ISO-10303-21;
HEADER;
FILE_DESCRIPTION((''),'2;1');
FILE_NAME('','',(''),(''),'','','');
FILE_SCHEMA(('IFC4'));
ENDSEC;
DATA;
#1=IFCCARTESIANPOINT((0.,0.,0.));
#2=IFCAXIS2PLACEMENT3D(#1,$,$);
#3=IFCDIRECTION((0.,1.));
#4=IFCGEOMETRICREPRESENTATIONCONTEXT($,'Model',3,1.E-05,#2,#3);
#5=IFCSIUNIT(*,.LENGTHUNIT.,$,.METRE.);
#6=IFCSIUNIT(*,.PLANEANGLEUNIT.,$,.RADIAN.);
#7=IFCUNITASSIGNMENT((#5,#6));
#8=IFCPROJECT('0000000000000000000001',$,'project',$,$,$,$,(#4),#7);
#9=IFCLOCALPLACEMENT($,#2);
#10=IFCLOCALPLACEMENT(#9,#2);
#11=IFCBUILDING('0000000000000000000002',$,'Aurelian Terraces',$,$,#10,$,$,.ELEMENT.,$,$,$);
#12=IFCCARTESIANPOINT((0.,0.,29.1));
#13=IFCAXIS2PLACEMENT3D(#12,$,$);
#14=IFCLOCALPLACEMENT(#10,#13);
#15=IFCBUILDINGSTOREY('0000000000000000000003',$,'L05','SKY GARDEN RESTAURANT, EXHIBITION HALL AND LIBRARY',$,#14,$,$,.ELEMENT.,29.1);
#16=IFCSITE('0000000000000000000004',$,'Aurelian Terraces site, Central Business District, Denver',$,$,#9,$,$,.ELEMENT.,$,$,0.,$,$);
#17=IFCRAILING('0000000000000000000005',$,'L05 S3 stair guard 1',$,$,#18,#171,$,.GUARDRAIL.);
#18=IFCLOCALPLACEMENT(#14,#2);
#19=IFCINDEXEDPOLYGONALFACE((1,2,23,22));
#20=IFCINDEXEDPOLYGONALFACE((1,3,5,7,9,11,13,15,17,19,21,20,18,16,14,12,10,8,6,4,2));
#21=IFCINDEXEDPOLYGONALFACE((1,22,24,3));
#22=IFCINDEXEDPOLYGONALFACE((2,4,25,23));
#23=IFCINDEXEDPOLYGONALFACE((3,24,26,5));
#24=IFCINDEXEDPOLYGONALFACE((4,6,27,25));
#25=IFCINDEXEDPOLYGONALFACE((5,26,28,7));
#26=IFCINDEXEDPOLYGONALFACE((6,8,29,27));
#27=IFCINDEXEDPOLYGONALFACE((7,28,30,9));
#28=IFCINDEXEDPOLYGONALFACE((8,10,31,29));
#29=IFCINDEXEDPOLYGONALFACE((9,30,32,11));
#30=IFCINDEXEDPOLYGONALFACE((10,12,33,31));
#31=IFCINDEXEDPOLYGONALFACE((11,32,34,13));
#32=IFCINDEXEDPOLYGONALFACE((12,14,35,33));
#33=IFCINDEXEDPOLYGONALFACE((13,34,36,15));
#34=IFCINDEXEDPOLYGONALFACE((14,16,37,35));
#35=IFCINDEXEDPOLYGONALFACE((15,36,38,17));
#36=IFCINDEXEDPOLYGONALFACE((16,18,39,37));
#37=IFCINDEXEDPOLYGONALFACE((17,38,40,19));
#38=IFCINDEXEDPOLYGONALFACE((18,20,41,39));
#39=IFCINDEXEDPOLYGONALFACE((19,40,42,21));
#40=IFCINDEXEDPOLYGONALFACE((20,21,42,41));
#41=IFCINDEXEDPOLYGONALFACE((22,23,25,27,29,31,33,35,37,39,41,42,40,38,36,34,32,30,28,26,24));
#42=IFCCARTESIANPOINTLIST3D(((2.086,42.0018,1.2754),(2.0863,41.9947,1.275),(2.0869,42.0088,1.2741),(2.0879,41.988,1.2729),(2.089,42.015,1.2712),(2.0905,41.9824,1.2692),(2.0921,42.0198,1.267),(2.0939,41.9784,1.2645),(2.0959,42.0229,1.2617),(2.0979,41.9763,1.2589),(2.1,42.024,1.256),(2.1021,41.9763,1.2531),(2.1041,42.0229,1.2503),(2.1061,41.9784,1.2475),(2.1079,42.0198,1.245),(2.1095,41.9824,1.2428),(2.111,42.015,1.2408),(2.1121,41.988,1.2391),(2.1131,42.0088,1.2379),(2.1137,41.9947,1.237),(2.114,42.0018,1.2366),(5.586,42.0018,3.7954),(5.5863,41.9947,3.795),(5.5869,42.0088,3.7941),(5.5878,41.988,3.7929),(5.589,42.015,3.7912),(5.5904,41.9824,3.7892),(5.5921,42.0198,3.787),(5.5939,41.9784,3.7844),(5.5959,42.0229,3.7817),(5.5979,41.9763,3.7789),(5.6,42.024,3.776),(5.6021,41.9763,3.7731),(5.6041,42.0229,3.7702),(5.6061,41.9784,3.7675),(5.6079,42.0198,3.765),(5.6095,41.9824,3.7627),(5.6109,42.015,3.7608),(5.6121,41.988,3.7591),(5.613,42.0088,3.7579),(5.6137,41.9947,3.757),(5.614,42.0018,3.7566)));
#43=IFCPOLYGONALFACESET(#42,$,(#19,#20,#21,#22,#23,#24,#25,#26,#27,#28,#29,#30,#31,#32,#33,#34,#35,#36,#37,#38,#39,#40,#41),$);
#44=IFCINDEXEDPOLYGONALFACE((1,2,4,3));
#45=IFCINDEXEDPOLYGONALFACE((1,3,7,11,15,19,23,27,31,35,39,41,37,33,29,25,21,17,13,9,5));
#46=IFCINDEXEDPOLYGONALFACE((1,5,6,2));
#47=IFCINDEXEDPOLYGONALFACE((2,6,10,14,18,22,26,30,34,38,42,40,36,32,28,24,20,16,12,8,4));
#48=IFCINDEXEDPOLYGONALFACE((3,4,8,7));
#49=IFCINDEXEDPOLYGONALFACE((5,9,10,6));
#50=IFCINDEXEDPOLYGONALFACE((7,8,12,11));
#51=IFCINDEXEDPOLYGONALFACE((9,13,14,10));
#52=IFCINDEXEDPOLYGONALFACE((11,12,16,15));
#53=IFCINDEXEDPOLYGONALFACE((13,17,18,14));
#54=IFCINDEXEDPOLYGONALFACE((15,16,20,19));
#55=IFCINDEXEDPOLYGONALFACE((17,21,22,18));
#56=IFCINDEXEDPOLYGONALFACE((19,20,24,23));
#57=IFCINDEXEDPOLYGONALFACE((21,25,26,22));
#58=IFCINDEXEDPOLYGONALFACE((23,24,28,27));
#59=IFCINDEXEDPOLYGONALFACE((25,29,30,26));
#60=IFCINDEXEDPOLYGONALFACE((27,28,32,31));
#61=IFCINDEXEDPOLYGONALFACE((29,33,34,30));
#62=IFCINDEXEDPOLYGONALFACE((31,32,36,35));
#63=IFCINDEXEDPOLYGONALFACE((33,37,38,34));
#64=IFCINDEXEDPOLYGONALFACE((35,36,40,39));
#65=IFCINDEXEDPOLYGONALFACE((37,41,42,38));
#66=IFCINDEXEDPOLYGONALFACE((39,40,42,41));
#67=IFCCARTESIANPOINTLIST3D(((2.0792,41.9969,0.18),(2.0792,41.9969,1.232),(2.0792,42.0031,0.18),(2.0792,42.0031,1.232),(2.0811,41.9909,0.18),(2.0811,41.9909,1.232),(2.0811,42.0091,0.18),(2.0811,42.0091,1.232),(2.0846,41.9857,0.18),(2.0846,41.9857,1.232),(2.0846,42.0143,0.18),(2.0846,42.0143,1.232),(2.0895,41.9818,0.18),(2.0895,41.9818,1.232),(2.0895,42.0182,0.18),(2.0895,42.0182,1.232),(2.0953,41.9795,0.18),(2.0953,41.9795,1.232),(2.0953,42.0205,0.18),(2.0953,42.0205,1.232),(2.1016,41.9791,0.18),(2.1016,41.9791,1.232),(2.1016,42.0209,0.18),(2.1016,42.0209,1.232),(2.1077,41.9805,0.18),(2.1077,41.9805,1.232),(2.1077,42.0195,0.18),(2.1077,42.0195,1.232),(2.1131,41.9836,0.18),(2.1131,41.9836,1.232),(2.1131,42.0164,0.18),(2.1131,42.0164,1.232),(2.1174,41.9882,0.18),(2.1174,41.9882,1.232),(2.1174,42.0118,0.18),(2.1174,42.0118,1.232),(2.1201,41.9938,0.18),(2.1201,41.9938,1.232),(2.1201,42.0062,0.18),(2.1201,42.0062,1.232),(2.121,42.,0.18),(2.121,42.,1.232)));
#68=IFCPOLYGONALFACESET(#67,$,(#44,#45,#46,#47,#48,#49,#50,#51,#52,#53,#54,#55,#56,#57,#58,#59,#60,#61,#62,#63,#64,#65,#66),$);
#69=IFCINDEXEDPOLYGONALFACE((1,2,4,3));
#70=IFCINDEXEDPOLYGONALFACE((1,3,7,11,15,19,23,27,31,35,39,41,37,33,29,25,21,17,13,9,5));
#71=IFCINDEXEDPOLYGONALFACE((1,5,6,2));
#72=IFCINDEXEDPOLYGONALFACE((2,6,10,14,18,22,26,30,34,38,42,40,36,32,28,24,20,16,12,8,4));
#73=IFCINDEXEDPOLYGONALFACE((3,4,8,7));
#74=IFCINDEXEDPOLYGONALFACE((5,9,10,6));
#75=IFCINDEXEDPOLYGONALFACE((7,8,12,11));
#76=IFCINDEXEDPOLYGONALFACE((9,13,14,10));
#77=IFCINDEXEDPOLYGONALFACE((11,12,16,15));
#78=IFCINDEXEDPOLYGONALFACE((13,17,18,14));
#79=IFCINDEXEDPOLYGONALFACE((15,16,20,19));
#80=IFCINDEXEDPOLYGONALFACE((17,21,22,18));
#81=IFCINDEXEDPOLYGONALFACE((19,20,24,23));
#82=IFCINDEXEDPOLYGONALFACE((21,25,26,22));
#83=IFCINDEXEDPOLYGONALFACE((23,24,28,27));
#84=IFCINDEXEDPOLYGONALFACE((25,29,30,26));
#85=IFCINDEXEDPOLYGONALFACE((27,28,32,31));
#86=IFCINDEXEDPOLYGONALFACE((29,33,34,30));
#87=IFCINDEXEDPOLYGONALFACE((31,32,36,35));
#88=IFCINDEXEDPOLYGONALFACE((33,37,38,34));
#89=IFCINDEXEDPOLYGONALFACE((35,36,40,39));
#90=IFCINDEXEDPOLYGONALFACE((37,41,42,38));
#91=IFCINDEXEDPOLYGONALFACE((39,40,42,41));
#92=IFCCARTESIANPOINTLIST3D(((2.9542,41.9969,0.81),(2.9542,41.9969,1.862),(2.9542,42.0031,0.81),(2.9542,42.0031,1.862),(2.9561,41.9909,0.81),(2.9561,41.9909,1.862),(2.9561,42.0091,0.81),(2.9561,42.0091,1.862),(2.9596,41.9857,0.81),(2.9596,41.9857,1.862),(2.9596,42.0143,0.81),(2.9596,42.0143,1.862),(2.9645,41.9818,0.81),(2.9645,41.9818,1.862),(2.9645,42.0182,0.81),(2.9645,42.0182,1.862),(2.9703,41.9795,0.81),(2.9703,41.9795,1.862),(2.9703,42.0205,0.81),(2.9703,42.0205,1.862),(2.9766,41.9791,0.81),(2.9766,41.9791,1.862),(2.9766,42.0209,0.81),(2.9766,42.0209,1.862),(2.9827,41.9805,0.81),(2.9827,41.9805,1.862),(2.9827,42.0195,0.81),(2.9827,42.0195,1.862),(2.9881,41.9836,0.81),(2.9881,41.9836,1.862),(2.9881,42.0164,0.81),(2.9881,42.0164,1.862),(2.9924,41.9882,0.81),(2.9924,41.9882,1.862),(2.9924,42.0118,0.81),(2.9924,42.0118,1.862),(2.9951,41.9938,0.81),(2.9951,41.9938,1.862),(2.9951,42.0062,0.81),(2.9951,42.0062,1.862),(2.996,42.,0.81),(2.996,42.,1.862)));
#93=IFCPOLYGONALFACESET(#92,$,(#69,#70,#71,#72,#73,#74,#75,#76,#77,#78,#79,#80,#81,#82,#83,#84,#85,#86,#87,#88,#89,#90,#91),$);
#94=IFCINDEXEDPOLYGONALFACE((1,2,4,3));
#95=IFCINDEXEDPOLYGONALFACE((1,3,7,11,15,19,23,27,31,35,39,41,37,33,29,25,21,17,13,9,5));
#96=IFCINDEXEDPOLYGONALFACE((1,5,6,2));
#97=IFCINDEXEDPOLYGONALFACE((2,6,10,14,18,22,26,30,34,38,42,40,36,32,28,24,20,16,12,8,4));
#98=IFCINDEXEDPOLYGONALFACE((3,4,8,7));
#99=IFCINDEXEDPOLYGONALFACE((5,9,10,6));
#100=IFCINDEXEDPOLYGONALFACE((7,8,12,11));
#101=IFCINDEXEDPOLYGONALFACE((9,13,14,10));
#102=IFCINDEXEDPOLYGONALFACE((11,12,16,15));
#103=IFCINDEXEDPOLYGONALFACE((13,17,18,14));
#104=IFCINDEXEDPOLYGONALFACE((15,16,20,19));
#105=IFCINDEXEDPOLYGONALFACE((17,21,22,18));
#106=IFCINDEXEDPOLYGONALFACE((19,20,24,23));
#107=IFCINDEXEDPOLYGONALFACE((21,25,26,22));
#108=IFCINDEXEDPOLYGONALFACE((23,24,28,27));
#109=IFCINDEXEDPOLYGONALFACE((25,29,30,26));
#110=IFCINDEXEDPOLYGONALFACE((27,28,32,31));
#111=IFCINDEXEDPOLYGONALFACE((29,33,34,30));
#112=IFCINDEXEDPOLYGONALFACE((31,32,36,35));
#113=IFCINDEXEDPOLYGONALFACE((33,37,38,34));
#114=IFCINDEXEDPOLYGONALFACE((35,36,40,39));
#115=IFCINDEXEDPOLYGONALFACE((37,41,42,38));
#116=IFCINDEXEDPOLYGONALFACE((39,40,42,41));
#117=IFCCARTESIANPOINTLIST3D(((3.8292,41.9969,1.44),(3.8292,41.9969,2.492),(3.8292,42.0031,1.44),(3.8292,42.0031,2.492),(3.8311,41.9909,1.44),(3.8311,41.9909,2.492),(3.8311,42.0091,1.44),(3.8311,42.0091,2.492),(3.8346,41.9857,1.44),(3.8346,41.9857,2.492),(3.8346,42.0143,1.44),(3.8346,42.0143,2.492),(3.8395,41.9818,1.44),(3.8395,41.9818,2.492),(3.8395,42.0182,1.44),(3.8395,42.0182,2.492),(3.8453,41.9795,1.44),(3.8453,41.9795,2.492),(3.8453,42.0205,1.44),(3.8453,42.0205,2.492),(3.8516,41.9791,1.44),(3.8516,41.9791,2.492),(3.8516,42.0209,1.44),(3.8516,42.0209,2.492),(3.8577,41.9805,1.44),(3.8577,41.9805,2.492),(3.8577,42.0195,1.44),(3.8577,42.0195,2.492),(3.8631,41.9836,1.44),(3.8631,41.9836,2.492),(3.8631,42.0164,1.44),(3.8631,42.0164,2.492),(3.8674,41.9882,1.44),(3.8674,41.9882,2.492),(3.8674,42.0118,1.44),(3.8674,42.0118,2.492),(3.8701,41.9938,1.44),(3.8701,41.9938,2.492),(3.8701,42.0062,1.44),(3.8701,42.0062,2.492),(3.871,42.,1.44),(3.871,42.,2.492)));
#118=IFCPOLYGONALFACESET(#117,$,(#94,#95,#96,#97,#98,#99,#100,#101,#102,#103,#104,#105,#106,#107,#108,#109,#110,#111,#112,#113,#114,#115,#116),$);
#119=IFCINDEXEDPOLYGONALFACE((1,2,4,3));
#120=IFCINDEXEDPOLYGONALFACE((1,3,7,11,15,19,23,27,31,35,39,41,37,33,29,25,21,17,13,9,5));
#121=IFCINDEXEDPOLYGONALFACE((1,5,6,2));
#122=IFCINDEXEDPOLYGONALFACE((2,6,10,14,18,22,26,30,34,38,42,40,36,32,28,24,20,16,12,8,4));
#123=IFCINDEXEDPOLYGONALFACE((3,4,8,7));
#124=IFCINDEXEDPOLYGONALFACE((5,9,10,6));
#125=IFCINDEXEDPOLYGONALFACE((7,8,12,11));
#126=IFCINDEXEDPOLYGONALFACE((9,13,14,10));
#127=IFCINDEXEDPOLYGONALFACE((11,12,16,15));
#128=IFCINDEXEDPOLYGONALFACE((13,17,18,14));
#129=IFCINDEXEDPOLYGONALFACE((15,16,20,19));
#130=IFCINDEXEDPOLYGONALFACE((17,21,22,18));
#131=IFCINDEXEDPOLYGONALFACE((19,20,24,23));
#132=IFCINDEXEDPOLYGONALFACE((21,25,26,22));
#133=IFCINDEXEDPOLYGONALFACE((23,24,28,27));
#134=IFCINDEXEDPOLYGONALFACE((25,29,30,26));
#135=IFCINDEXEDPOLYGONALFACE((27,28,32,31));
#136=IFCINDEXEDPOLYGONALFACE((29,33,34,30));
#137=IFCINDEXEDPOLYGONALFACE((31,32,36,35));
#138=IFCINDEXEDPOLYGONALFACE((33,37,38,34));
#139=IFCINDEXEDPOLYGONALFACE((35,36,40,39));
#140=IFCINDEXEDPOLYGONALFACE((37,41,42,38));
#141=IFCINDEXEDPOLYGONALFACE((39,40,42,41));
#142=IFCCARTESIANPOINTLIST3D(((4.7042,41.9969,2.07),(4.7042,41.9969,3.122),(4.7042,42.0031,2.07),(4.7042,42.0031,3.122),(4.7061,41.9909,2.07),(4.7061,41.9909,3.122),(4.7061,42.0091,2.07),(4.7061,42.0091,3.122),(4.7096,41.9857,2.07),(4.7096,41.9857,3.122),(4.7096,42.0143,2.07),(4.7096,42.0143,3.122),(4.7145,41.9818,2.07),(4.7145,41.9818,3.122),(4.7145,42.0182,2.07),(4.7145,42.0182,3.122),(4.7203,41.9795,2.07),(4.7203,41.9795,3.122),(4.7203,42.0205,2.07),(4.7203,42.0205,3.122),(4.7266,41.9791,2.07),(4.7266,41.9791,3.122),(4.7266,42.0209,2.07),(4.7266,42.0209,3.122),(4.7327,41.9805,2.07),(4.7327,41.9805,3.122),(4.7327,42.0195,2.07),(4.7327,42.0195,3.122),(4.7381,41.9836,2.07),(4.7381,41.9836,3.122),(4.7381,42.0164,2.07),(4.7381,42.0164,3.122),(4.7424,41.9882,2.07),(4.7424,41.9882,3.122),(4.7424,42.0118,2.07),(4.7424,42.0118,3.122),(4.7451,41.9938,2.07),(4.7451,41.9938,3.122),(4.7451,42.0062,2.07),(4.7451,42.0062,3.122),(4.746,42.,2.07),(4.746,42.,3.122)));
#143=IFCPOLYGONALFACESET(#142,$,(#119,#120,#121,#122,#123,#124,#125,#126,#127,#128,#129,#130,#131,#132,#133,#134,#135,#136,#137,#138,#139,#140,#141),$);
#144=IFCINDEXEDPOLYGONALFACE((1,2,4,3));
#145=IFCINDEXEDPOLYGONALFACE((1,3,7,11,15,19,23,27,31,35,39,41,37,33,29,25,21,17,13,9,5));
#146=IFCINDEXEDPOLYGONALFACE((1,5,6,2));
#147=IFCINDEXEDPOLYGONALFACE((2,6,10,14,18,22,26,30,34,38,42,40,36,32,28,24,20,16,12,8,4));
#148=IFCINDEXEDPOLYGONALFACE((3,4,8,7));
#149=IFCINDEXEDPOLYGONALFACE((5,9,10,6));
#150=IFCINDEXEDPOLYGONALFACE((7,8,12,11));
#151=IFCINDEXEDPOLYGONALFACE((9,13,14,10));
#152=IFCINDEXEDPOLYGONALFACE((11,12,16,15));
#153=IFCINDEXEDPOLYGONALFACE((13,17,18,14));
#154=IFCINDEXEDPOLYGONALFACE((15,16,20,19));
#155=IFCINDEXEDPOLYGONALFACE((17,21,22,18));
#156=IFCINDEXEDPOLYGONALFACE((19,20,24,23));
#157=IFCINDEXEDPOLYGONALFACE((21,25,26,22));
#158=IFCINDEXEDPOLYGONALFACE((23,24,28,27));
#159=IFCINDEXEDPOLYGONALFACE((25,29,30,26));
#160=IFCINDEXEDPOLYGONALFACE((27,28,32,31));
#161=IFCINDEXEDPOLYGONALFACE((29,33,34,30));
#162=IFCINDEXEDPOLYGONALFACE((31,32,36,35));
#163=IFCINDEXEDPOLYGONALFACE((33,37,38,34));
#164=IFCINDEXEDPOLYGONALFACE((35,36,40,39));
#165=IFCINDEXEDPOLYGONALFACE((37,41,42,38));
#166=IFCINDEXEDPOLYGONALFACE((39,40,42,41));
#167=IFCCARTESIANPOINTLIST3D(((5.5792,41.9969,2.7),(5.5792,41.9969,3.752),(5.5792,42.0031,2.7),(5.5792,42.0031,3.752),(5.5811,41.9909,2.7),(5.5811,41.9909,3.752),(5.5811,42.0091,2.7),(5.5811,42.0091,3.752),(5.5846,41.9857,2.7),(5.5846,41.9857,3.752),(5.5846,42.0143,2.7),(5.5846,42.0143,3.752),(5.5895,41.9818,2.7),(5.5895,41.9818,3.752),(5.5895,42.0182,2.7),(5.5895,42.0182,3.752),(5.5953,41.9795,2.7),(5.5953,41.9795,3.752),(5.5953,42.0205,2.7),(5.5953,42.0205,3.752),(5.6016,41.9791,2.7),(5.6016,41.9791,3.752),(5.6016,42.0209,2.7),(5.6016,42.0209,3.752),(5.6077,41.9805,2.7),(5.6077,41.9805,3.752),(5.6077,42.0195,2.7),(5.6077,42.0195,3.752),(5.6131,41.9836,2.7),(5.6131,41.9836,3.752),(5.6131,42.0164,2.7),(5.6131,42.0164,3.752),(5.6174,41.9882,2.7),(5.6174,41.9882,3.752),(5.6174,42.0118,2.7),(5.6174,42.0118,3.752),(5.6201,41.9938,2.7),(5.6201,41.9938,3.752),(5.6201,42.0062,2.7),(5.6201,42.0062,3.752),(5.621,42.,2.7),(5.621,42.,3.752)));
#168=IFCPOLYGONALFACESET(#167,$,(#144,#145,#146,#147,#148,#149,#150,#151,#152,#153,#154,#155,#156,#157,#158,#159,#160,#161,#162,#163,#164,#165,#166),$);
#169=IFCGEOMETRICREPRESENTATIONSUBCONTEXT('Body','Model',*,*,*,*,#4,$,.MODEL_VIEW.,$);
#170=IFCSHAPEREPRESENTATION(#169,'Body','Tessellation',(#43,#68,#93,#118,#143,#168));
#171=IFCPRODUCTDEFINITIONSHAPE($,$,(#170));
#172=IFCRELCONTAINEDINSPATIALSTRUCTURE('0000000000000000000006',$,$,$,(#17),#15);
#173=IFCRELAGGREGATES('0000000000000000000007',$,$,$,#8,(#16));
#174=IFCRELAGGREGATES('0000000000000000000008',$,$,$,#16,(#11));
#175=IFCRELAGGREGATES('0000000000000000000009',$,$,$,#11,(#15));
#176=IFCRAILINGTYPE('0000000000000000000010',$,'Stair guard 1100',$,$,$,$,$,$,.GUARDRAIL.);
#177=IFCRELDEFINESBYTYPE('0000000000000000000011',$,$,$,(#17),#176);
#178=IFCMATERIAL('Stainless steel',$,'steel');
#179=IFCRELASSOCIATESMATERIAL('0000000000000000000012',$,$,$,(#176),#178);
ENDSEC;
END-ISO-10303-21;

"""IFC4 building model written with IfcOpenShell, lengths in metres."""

from ifc_helpers import new_model, si_unit, direction, frame, origin, origin_2d, place, context, subcontext, project, spatial, circle, extrude, source, transform, mapped, material, type_object, element, save


model = new_model("IFC4")

# Units and contexts
model_context = context("Model", 3, precision=1e-05, world=origin(), true_north=direction((0.0, 1.0)))
body_context = subcontext(model_context, "Body", "Model", "MODEL_VIEW")
ifc_project = project(units=[si_unit("LENGTHUNIT", "METRE"), si_unit("PLANEANGLEUNIT", "RADIAN")], contexts=[model_context])

# Site, building, storey
site_placement = place(None, origin())
site = spatial("IfcSite", under=ifc_project, at=site_placement, Name="Aurelian Terraces site, Central Business District, Denver", CompositionType="ELEMENT", RefElevation=0.0)
building_placement = place(site_placement, origin())
building = spatial("IfcBuilding", under=site, at=building_placement, Name="Aurelian Terraces", CompositionType="ELEMENT")
storey_placement = place(building_placement, frame((0.0, 0.0, 29.1)))
storey = spatial("IfcBuildingStorey", under=building, at=storey_placement, Name="L05", Description="SKY GARDEN RESTAURANT, EXHIBITION HALL AND LIBRARY", CompositionType="ELEMENT", Elevation=29.1)

# Railing
ifc_material_1 = material(Name="Stainless steel", Category="steel")
railing_type_1 = type_object("IfcRailingType", Name="Stair guard 1100", PredefinedType="GUARDRAIL", material=ifc_material_1)
shared_shape_1 = source(origin(), body_context, "Body", "SweptSolid", [
    extrude(circle(Radius=0.024, at=origin_2d()), frame((0.0, 0.0, 1.076), z_axis=(0.811534, 0.0, 0.584305), x_axis=(0.0, 1.0, 0.0)), (0.0, 0.0, 1.0), 4.3128),
    extrude(circle(Radius=0.021, at=origin_2d()), origin(), (0.0, 0.0, 1.0), 1.052),
    extrude(circle(Radius=0.021, at=origin_2d()), frame((0.875, 0.0, 0.63)), (0.0, 0.0, 1.0), 1.052),
    extrude(circle(Radius=0.021, at=origin_2d()), frame((1.75, 0.0, 1.26)), (0.0, 0.0, 1.0), 1.052),
    extrude(circle(Radius=0.021, at=origin_2d()), frame((2.625, 0.0, 1.89)), (0.0, 0.0, 1.0), 1.052),
    extrude(circle(Radius=0.021, at=origin_2d()), frame((3.5, 0.0, 2.52)), (0.0, 0.0, 1.0), 1.052),
])
railing_1_placement = place(storey_placement, frame((2.1, 42.0, 0.18)))
element("IfcRailing", 1, at=railing_1_placement, inside=storey, type_object=railing_type_1, Name="L05 S3 stair guard 1", PredefinedType="GUARDRAIL", context=body_context, shape_type="MappedRepresentation", body=[
    mapped(shared_shape_1, transform((0.0, 0.0, 0.0), scale=1.0)),
])

save(model, "model.ifc")
